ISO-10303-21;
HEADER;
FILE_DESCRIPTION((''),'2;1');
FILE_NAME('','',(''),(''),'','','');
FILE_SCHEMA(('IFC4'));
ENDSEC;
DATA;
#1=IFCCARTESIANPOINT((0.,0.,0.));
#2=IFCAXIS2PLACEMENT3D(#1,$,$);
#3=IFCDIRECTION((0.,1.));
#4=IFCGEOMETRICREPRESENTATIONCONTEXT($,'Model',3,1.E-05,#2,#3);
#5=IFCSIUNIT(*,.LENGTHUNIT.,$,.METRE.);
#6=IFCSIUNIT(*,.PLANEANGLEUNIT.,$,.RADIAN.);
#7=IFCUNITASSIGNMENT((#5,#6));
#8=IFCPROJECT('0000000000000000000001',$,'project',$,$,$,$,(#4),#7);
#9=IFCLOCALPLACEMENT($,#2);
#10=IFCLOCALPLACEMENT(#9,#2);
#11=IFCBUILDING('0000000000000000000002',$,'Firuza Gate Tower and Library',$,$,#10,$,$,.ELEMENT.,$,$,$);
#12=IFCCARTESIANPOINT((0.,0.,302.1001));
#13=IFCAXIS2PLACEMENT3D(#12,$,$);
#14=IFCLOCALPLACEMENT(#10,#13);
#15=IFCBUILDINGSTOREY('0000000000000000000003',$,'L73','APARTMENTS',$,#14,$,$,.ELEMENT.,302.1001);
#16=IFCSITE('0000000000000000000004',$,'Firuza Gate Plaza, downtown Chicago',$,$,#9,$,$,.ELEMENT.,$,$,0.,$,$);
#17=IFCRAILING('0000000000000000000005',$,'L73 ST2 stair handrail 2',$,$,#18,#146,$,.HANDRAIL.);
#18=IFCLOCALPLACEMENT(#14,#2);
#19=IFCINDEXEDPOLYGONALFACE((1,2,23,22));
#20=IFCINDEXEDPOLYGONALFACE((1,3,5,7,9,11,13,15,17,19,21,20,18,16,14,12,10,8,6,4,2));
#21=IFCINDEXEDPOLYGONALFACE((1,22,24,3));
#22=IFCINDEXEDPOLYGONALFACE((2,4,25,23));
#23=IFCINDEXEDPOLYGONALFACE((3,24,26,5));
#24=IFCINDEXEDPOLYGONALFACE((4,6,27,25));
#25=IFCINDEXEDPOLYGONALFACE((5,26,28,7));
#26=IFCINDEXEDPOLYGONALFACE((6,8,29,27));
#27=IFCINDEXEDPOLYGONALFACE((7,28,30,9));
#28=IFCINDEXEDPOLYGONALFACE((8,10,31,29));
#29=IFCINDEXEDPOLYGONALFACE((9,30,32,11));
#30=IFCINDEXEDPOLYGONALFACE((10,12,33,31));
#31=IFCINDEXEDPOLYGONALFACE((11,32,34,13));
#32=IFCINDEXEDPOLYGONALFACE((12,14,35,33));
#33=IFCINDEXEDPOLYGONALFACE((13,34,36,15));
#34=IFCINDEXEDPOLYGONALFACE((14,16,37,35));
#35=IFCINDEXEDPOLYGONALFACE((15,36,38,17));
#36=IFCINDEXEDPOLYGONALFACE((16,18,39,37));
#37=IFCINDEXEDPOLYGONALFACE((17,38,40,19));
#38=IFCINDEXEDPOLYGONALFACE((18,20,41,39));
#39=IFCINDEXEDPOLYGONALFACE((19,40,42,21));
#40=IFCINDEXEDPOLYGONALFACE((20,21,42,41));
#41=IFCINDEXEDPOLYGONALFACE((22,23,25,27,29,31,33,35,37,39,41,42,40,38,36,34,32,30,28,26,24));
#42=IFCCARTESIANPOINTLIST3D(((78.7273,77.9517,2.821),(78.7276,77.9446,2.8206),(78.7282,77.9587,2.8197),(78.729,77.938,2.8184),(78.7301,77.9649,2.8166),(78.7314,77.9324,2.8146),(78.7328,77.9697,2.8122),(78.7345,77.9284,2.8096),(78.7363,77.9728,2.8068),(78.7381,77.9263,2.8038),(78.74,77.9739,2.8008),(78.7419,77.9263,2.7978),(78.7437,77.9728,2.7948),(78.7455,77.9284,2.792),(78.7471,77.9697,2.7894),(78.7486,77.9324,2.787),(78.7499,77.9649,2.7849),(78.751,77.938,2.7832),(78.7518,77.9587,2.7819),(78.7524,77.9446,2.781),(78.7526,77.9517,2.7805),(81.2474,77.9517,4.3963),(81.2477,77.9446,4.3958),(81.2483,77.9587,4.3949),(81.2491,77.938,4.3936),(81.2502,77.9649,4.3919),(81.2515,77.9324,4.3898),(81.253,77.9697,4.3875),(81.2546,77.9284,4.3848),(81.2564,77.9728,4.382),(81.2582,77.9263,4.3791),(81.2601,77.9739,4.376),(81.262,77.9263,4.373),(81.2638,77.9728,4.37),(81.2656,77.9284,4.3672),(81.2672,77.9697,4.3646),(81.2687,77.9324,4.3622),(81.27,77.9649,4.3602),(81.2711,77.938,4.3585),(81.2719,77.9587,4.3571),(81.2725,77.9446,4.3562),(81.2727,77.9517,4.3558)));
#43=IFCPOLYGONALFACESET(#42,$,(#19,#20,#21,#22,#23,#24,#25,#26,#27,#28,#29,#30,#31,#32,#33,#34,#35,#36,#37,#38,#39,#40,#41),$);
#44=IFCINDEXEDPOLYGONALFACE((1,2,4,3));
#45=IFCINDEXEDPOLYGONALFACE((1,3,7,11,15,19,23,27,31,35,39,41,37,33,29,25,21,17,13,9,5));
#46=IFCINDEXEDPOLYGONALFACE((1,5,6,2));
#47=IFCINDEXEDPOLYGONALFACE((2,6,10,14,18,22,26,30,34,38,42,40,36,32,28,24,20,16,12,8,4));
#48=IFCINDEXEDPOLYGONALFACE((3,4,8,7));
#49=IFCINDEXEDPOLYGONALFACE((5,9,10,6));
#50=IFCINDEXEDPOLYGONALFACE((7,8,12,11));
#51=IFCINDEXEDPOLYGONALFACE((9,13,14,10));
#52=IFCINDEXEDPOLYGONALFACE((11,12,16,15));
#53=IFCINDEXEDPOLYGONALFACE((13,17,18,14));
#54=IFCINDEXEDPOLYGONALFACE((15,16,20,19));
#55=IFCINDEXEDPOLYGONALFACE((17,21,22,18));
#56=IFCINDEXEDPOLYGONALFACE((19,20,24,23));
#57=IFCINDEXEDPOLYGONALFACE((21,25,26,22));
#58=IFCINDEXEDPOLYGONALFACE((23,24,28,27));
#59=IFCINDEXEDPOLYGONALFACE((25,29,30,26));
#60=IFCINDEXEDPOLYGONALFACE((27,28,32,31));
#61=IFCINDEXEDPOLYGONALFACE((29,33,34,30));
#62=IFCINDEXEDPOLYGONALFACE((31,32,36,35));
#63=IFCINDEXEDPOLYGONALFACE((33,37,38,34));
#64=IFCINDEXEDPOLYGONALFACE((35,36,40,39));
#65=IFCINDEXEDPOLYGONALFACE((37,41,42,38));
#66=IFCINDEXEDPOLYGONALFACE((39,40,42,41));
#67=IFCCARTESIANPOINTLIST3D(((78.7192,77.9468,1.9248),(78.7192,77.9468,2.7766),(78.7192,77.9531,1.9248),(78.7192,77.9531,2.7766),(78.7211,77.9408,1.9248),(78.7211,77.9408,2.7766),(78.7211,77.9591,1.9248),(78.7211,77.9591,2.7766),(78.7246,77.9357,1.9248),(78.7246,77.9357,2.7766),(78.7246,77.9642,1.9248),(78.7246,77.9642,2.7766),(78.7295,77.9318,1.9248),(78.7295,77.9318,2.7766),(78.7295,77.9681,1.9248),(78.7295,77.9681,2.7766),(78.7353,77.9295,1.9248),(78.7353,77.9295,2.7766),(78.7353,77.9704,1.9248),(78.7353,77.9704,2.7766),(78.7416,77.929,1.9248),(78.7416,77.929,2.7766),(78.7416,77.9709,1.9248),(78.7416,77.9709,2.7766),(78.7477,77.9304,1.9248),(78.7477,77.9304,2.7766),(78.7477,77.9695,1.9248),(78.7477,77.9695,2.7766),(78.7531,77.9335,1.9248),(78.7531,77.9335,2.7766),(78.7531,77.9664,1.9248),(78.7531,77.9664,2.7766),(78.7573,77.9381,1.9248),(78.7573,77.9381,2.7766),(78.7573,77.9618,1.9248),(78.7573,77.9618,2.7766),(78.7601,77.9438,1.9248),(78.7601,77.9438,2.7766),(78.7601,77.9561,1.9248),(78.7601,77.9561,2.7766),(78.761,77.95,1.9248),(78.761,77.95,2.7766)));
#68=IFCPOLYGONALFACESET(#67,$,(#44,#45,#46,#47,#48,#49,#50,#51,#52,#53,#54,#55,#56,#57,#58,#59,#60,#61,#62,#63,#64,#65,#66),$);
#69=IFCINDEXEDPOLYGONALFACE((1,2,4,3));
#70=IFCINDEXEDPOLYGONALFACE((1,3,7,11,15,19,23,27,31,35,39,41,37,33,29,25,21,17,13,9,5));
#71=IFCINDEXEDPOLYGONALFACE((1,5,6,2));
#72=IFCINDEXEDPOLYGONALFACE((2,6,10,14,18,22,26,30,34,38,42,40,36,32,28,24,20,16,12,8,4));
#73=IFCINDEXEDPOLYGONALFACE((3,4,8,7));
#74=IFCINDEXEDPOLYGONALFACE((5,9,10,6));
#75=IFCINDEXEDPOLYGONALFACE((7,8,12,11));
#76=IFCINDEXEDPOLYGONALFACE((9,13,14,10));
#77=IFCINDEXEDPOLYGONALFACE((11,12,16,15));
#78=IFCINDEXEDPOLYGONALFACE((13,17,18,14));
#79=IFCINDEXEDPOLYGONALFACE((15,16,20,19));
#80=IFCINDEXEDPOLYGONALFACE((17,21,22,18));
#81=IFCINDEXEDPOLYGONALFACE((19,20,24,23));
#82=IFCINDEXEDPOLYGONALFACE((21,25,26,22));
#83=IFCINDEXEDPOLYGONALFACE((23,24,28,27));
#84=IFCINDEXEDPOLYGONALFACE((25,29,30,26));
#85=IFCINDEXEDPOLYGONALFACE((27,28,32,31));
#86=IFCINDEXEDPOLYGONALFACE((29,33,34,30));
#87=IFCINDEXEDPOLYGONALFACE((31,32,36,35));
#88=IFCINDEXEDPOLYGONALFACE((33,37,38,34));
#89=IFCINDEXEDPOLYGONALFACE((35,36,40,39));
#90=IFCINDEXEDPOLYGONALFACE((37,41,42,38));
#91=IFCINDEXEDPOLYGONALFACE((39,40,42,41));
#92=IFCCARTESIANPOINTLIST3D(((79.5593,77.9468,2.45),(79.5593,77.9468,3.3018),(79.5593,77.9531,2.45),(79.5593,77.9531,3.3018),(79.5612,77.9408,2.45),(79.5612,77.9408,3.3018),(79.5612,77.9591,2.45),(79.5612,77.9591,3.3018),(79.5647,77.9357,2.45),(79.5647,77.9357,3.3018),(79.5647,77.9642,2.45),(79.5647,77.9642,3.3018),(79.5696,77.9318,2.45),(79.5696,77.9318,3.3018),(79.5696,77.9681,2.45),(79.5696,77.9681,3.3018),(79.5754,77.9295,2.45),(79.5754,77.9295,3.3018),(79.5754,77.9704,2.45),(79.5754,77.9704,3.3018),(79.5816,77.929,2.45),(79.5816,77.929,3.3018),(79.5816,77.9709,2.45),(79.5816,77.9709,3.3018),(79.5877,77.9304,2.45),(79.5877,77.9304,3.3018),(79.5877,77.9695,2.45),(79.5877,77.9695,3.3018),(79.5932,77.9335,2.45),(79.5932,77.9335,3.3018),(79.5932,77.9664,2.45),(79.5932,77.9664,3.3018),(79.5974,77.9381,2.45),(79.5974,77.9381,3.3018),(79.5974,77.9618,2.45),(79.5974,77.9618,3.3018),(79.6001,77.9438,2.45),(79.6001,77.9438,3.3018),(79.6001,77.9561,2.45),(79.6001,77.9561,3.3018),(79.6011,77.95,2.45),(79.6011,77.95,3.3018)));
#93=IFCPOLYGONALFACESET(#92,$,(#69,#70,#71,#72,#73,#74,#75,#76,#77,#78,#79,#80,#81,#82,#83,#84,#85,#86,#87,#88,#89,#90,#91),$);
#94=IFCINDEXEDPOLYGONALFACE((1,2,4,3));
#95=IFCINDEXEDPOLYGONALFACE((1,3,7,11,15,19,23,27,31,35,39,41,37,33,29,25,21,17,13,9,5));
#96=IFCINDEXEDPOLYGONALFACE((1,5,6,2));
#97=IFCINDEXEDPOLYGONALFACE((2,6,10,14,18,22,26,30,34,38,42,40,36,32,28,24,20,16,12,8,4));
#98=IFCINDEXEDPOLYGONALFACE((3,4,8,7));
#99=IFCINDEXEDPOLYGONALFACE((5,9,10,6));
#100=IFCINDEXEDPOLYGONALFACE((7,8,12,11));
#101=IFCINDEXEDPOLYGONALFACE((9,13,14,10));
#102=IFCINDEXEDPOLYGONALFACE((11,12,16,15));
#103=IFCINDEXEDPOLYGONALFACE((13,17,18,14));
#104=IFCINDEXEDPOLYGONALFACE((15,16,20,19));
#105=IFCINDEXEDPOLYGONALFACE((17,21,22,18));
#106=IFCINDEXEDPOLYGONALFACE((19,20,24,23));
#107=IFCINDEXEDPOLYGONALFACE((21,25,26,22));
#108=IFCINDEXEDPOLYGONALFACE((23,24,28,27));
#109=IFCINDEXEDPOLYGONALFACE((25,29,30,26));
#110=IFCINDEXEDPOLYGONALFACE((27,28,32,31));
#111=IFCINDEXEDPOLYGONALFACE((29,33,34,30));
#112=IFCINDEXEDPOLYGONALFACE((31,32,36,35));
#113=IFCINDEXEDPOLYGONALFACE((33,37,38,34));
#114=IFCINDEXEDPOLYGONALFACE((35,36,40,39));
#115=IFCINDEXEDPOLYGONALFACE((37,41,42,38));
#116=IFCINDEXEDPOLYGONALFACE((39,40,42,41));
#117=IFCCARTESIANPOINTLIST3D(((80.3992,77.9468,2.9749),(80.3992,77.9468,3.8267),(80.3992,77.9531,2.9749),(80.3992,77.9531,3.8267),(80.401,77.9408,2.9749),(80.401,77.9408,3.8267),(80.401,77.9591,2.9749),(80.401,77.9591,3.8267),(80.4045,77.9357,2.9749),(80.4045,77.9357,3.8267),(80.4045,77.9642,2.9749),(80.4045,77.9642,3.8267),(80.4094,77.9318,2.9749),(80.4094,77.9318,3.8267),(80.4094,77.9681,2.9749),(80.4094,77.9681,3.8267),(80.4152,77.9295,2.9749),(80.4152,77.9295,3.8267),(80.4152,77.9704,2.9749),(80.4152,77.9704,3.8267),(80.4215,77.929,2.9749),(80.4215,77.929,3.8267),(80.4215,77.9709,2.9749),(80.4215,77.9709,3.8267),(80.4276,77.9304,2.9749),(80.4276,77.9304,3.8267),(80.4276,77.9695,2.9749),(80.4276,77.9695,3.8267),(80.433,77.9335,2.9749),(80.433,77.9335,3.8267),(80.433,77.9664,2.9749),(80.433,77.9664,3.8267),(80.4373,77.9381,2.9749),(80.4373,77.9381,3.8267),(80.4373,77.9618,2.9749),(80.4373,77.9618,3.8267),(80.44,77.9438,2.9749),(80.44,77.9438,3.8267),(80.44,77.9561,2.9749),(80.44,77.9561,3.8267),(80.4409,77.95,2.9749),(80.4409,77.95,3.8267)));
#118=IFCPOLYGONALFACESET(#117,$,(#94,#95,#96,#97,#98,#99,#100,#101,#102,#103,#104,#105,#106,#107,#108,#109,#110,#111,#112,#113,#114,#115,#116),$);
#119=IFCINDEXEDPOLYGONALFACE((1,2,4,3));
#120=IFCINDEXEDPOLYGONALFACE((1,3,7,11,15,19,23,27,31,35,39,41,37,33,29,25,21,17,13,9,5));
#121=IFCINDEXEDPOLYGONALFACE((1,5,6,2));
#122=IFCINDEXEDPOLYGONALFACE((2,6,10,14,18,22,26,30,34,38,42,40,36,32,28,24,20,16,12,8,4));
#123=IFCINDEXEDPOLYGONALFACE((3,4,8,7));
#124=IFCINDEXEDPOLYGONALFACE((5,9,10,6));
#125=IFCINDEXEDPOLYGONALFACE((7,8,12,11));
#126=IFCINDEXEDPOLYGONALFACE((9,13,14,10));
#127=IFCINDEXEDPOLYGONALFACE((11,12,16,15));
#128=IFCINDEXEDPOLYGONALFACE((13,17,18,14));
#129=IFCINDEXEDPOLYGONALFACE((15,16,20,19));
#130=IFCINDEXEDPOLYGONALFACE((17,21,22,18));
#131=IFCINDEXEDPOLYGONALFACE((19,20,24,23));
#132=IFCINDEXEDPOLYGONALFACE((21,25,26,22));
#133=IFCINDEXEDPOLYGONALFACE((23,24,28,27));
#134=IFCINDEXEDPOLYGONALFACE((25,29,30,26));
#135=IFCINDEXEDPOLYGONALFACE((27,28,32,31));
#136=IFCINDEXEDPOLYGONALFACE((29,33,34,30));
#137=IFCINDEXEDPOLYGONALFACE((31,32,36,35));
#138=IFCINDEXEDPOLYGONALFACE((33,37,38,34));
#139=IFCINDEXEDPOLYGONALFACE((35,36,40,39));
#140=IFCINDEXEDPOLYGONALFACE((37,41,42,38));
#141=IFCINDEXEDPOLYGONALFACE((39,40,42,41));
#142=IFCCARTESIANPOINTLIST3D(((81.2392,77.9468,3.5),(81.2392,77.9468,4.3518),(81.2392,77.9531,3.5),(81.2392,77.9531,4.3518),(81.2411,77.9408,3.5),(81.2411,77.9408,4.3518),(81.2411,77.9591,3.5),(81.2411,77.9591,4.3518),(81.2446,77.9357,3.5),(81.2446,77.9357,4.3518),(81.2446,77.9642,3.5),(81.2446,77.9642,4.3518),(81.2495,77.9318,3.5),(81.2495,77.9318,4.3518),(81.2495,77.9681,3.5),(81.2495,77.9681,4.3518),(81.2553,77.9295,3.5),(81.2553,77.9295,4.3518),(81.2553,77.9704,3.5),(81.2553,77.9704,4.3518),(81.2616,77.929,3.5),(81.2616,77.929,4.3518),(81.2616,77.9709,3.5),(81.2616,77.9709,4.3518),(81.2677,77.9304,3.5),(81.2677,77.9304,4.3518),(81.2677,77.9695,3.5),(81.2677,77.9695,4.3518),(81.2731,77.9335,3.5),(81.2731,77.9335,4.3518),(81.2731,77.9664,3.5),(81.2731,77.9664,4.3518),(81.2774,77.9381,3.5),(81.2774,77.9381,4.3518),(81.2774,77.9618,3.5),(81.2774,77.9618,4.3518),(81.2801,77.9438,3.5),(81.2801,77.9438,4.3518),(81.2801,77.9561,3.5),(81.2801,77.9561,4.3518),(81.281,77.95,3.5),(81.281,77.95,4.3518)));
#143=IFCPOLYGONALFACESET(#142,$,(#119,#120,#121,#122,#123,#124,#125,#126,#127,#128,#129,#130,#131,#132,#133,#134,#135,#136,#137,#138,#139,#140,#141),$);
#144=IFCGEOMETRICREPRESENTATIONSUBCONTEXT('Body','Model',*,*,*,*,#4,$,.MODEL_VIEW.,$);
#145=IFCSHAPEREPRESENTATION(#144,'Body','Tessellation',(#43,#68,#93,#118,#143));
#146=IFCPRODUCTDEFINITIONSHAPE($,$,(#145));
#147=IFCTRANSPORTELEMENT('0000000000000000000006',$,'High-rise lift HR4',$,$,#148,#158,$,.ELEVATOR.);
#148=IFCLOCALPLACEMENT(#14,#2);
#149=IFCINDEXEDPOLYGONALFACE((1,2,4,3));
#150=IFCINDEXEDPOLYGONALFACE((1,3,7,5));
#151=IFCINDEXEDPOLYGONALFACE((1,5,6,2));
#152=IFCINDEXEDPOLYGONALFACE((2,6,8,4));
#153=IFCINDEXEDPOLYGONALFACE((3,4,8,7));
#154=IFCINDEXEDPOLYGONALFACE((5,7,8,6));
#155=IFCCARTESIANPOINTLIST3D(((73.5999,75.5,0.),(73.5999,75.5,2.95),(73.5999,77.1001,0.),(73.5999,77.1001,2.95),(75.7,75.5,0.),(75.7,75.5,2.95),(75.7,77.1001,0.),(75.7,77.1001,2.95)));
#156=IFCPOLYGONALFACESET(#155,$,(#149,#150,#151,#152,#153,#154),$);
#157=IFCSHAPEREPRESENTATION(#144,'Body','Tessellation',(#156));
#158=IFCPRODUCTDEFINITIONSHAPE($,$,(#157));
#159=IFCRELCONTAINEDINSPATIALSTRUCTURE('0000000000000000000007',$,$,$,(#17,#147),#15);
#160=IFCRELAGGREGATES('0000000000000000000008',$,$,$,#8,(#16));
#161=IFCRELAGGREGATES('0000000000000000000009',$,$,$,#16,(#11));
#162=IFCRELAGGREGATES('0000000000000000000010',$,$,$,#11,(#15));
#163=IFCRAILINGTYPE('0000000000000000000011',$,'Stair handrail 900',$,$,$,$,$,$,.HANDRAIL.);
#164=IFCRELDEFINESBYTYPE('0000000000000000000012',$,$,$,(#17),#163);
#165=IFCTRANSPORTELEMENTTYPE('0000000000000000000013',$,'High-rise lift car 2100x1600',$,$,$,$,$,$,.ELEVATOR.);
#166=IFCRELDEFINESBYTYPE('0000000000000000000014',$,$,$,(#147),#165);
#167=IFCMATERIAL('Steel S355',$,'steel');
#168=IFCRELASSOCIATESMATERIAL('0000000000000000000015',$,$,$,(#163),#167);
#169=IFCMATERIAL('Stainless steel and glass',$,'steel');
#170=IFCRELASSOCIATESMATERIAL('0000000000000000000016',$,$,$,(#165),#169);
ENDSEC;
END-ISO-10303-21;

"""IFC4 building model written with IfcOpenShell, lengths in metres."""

from ifc_helpers import new_model, si_unit, direction, frame, origin, origin_2d, place, context, subcontext, project, spatial, rectangle, circle, extrude, material, type_object, element, save


model = new_model("IFC4")

# Units and contexts
model_context = context("Model", 3, precision=1e-05, world=origin(), true_north=direction((0.0, 1.0)))
body_context = subcontext(model_context, "Body", "Model", "MODEL_VIEW")
ifc_project = project(units=[si_unit("LENGTHUNIT", "METRE"), si_unit("PLANEANGLEUNIT", "RADIAN")], contexts=[model_context])

# Site, building, storey
site_placement = place(None, origin())
site = spatial("IfcSite", under=ifc_project, at=site_placement, Name="Firuza Gate Plaza, downtown Chicago", CompositionType="ELEMENT", RefElevation=0.0)
building_placement = place(site_placement, origin())
building = spatial("IfcBuilding", under=site, at=building_placement, Name="Firuza Gate Tower and Library", CompositionType="ELEMENT")
storey_placement = place(building_placement, frame((0.0, 0.0, 302.1001)))
storey = spatial("IfcBuildingStorey", under=building, at=storey_placement, Name="L73", Description="APARTMENTS", CompositionType="ELEMENT", Elevation=302.1001)

# Railing
ifc_material_1 = material(Name="Steel S355", Category="steel")
railing_type_1 = type_object("IfcRailingType", Name="Stair handrail 900", PredefinedType="HANDRAIL", material=ifc_material_1)
railing_1_placement = place(storey_placement, frame((78.74, 77.95, 1.9248)))
element("IfcRailing", 1, at=railing_1_placement, inside=storey, type_object=railing_type_1, Name="L73 ST2 stair handrail 2", PredefinedType="HANDRAIL", context=body_context, shape_type="SweptSolid", body=[
    extrude(circle(Radius=0.0239, at=origin_2d()), frame((0.0, 0.0, 0.876), z_axis=(0.847971, 0.0, 0.530043), x_axis=(0.0, 1.0, 0.0)), (0.0, 0.0, 1.0), 2.9719),
    extrude(circle(Radius=0.021, at=origin_2d()), origin(), (0.0, 0.0, 1.0), 0.8518),
    extrude(circle(Radius=0.021, at=origin_2d()), frame((0.8401, 0.0, 0.5251)), (0.0, 0.0, 1.0), 0.8518),
    extrude(circle(Radius=0.021, at=origin_2d()), frame((1.6799, 0.0, 1.05)), (0.0, 0.0, 1.0), 0.8518),
    extrude(circle(Radius=0.021, at=origin_2d()), frame((2.52, 0.0, 1.5752)), (0.0, 0.0, 1.0), 0.8518),
])

# Transport element
ifc_material_2 = material(Name="Stainless steel and glass", Category="steel")
transport_element_type = type_object("IfcTransportElementType", Name="High-rise lift car 2100x1600", PredefinedType="ELEVATOR", material=ifc_material_2)
transport_element_placement = place(storey_placement, frame((74.6499, 76.3, 0.0), z_axis=(0.0, 0.0, 1.0), x_axis=(1.0, 0.0, 0.0)))
element("IfcTransportElement", 2, at=transport_element_placement, inside=storey, type_object=transport_element_type, Name="High-rise lift HR4", PredefinedType="ELEVATOR", context=body_context, shape_type="SweptSolid", body=[
    extrude(rectangle(XDim=2.1001, YDim=1.6001, at=origin_2d()), origin(), (0.0, 0.0, 1.0), 2.95),
])

save(model, "model.ifc")
